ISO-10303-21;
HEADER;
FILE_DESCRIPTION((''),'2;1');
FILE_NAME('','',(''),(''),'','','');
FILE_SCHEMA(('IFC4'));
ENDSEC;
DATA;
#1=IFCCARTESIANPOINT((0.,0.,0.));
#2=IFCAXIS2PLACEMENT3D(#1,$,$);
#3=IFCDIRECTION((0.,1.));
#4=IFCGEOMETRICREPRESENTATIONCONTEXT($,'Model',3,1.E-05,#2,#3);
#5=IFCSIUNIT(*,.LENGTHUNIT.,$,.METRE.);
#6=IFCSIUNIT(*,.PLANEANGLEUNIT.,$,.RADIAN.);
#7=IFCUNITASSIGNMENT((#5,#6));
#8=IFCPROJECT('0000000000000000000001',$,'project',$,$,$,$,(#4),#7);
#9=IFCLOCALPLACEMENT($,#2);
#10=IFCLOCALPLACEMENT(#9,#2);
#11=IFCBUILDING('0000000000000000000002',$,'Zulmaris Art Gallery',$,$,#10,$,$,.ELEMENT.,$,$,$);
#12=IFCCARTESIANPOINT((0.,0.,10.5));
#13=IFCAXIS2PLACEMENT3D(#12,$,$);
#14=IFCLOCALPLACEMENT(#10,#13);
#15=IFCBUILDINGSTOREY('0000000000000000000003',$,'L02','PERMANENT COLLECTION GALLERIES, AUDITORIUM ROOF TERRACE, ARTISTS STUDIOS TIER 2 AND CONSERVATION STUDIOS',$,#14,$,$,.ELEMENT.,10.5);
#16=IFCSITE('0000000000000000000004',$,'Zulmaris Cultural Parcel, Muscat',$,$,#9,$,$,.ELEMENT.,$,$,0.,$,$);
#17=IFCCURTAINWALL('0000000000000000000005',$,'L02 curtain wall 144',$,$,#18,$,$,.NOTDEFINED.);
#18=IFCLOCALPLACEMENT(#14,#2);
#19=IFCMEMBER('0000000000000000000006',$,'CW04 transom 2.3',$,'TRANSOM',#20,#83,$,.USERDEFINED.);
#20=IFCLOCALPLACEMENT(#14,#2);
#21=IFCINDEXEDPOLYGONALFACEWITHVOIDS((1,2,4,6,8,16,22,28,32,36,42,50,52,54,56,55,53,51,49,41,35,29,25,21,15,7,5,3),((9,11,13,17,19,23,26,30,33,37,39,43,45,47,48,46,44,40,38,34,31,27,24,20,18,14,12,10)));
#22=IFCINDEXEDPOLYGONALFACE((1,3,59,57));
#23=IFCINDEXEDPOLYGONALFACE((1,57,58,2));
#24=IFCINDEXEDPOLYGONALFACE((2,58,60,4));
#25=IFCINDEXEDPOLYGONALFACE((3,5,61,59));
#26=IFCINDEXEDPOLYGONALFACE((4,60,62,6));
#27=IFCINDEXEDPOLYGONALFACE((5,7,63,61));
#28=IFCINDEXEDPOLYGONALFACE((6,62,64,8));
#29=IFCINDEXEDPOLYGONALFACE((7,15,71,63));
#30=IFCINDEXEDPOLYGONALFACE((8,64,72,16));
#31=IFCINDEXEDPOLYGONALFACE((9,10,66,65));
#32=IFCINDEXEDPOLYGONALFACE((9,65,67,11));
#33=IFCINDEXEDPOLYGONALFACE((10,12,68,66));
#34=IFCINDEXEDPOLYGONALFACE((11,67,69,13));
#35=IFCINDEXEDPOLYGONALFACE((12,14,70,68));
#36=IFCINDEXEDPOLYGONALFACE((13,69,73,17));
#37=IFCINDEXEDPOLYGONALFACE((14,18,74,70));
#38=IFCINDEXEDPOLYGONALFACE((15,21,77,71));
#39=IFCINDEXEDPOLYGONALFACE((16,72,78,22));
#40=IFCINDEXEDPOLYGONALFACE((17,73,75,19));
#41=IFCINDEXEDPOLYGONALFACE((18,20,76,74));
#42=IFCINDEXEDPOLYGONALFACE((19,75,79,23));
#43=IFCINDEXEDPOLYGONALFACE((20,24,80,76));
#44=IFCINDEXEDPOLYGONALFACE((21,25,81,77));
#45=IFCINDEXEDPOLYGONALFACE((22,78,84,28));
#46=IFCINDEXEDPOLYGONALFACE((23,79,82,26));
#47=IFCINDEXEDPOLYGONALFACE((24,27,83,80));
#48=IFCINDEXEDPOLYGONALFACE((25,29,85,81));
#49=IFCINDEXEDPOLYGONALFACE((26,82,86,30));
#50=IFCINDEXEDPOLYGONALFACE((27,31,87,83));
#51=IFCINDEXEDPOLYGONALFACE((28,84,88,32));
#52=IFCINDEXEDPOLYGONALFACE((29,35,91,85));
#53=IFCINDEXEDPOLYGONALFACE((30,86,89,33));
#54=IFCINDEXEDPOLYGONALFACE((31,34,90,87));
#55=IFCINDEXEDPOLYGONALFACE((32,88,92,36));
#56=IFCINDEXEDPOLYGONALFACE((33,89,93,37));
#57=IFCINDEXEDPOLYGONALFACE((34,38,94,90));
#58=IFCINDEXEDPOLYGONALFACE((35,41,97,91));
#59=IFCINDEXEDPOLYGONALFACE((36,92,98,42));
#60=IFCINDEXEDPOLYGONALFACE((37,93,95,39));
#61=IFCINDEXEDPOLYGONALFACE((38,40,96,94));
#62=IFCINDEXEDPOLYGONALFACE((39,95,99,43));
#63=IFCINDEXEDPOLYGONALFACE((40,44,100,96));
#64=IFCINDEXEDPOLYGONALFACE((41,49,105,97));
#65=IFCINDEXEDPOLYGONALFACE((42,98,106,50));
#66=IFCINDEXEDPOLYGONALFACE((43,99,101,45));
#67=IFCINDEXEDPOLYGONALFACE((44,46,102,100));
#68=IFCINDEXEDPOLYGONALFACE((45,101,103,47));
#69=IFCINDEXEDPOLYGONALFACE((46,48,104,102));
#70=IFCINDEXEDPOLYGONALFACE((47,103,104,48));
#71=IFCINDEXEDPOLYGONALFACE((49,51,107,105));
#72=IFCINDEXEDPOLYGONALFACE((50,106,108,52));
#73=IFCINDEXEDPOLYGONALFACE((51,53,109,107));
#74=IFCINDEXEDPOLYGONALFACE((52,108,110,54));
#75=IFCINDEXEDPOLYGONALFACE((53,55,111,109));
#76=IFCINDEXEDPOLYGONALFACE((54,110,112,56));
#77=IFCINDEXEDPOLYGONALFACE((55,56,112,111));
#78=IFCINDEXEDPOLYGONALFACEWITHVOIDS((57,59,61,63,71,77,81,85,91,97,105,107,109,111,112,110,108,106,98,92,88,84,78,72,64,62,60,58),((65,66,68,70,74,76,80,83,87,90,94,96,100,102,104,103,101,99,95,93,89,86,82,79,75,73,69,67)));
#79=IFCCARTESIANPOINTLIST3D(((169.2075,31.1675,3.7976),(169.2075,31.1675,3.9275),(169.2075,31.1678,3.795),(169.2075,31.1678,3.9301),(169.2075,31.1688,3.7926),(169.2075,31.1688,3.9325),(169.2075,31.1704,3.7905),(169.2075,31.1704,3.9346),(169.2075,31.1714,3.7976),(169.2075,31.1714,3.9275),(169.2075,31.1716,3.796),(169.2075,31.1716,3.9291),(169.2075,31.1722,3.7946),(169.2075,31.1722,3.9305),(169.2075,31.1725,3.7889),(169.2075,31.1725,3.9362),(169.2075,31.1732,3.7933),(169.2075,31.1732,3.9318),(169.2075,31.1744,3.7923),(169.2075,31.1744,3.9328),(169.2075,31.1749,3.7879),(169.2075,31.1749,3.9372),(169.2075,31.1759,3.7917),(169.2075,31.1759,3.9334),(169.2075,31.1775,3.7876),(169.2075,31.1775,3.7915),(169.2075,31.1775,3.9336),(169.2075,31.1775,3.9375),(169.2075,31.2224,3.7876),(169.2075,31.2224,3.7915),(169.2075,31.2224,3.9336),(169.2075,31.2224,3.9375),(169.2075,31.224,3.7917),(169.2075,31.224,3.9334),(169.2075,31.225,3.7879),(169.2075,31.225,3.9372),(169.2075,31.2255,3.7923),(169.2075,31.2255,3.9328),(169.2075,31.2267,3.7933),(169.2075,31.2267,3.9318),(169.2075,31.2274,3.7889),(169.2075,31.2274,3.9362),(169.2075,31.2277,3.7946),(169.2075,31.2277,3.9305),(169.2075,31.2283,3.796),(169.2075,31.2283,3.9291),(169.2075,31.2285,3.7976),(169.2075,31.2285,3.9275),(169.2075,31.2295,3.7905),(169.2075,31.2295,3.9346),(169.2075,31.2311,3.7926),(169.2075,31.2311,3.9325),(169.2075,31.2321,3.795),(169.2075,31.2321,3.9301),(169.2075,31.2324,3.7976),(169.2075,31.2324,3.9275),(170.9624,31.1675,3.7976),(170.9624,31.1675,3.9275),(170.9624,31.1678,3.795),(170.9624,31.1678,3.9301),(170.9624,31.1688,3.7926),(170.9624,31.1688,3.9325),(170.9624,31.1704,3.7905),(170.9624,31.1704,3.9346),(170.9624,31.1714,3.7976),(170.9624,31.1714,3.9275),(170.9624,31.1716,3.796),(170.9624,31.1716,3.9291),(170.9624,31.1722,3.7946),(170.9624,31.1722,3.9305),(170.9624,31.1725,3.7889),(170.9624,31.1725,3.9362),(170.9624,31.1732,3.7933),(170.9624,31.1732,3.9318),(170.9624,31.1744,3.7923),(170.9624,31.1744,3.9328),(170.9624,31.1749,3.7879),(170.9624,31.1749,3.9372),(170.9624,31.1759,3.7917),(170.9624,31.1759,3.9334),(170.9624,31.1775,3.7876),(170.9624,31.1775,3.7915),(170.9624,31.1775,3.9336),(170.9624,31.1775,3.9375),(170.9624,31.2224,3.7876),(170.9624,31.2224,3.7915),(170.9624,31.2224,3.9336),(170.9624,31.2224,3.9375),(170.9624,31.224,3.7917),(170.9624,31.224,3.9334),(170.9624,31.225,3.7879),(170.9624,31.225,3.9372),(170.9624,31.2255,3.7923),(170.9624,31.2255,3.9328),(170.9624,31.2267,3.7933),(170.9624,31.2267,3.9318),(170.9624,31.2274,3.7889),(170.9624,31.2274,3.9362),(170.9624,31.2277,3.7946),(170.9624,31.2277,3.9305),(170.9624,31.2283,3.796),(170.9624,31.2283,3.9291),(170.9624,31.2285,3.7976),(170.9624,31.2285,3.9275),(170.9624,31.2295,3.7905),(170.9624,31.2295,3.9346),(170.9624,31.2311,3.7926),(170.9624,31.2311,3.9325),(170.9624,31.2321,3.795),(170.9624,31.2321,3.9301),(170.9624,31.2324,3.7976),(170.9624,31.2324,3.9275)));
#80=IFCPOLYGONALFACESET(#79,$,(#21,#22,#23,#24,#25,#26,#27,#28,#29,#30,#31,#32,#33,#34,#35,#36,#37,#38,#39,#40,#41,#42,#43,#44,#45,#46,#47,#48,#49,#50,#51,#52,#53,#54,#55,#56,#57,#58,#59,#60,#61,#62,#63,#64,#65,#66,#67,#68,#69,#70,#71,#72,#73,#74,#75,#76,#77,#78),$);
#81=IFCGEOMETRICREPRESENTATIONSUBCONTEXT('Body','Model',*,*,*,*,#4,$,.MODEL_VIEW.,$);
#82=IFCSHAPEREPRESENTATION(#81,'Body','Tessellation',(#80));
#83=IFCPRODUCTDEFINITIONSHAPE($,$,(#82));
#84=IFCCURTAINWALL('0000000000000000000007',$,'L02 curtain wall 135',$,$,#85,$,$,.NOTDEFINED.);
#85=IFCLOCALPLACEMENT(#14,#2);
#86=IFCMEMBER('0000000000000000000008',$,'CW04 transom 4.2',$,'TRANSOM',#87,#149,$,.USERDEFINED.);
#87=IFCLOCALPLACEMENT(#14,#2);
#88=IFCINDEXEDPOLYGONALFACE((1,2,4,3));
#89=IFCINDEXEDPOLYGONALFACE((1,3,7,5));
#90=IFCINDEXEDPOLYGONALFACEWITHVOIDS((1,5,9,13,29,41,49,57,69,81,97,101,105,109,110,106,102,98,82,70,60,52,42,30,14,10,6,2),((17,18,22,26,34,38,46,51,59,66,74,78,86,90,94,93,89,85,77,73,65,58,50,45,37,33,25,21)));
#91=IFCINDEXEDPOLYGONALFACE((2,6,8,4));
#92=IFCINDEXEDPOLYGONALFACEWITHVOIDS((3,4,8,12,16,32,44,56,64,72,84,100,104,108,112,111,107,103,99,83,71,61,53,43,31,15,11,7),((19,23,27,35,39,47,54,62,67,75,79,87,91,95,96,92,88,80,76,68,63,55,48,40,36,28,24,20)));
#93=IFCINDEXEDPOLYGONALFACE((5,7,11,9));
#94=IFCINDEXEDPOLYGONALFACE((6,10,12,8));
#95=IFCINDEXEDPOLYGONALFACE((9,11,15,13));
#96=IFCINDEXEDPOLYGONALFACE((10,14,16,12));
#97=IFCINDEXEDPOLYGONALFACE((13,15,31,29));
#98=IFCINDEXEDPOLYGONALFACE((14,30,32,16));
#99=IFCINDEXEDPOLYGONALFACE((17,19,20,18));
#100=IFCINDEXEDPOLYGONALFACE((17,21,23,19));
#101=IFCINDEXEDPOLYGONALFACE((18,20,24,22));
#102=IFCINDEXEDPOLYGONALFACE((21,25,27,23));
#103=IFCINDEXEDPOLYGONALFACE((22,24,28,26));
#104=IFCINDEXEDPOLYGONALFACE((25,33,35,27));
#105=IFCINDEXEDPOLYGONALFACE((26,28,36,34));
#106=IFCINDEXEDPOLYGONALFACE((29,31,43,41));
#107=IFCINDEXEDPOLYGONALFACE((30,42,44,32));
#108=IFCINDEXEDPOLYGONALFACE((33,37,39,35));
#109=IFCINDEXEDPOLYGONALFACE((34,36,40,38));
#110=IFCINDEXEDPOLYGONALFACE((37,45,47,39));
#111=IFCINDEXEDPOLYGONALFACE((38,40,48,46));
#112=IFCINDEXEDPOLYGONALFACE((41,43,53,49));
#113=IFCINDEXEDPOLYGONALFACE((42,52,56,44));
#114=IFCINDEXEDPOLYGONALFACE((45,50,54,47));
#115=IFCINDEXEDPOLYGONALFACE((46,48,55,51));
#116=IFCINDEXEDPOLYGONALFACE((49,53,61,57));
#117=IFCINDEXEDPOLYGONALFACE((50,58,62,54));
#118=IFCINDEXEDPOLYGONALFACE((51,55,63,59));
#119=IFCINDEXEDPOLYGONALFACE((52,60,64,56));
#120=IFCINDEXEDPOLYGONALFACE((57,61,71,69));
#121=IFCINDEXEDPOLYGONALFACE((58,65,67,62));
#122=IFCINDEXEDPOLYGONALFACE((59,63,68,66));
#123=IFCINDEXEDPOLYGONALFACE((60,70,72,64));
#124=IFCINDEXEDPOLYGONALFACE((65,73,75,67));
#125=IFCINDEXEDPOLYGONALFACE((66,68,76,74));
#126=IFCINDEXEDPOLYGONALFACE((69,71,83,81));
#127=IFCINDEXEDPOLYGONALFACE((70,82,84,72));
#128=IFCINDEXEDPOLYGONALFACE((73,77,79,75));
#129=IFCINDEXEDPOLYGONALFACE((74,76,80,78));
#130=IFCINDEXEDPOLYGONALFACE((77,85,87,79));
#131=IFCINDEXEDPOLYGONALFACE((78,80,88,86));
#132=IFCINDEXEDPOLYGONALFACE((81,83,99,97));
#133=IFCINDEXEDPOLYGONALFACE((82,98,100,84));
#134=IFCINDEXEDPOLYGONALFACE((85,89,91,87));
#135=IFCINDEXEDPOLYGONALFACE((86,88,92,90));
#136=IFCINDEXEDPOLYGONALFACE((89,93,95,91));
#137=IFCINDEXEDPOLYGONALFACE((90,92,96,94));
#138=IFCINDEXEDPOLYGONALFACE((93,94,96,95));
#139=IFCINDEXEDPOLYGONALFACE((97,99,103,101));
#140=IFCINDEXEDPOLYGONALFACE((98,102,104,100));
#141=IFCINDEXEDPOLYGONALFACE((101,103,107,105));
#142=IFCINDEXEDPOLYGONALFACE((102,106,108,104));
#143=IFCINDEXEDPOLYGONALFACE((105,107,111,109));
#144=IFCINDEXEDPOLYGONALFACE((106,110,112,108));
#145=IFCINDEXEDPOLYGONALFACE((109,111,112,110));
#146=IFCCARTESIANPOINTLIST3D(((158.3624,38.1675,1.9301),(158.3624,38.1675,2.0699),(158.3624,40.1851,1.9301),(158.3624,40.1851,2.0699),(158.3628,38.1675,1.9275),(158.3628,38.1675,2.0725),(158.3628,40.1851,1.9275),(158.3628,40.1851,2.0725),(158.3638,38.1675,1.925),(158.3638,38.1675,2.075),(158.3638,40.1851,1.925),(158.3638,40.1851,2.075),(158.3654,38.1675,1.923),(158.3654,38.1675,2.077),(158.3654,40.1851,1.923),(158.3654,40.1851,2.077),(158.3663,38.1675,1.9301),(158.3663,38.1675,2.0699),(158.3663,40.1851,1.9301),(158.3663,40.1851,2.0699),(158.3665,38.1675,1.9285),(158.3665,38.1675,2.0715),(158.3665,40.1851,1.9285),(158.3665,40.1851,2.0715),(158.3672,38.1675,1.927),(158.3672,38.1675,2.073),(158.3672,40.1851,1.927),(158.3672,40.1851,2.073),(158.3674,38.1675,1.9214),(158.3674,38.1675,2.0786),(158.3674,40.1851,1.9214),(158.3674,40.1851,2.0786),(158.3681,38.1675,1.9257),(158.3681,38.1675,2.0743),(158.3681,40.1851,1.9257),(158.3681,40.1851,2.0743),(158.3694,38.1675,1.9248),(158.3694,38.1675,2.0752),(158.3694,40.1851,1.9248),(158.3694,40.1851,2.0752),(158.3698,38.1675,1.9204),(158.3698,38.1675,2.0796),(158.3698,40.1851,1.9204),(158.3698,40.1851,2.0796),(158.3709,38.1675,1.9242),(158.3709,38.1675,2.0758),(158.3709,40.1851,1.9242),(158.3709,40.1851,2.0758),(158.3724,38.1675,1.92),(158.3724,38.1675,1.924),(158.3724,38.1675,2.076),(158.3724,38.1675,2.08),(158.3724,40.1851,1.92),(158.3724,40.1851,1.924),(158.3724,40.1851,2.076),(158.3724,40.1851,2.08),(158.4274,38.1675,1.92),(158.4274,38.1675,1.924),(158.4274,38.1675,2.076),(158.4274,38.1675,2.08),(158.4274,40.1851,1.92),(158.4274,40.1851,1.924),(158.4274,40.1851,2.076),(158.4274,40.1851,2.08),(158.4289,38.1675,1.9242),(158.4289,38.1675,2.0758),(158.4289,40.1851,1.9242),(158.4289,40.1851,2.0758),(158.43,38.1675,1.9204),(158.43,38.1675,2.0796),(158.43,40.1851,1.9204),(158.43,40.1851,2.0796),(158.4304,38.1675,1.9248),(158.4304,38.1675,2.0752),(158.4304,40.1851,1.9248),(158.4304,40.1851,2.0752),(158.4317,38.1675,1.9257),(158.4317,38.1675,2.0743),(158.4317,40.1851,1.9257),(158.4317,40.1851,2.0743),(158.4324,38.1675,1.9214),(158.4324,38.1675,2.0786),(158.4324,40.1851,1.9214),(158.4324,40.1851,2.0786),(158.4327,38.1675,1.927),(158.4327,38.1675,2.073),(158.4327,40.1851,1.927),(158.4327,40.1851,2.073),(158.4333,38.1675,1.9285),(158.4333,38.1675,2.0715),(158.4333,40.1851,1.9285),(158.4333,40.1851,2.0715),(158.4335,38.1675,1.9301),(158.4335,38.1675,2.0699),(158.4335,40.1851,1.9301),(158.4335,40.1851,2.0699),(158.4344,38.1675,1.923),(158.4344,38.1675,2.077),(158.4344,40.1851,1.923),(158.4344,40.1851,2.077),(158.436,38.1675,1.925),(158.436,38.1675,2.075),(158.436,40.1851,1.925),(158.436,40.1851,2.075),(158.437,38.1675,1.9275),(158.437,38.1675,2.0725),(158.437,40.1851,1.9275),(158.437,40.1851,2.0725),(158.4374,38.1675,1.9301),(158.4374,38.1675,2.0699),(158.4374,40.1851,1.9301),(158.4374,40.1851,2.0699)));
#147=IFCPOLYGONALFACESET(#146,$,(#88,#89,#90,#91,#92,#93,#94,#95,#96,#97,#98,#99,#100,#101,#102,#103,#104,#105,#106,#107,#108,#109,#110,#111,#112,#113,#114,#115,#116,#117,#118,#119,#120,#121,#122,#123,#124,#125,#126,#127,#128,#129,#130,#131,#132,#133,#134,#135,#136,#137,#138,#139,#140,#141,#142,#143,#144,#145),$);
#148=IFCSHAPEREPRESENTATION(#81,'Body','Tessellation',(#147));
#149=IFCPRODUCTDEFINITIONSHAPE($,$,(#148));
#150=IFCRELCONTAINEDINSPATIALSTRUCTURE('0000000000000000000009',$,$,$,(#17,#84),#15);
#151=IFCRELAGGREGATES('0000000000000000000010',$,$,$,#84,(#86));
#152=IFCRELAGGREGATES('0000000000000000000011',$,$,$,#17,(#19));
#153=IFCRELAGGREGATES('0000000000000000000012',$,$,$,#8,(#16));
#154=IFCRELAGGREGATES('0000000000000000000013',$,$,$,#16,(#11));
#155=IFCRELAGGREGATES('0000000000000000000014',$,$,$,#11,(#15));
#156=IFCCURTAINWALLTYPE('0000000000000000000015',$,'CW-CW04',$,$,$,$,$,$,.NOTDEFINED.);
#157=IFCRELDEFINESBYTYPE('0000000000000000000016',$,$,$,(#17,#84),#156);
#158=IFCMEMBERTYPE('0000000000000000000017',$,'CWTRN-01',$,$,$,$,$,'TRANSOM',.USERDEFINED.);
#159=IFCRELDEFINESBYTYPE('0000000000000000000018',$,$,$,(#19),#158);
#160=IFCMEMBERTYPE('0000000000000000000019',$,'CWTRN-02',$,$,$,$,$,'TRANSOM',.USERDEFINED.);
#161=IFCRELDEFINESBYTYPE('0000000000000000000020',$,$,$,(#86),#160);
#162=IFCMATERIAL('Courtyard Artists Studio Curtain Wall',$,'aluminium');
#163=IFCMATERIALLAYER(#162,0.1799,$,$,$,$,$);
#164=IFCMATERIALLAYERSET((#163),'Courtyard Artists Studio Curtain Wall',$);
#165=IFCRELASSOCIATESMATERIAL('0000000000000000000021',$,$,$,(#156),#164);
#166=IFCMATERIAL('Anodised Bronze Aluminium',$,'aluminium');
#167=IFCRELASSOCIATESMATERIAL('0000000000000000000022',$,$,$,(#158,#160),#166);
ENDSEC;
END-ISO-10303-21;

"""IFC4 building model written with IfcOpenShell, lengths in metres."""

from ifc_helpers import new_model, si_unit, direction, frame, origin, origin_2d, place, context, subcontext, project, spatial, hollow_rectangle, extrude, material, layer, layer_set, material_profile, profile_set, type_object, element, aggregate, save


model = new_model("IFC4")

# Units and contexts
model_context = context("Model", 3, precision=1e-05, world=origin(), true_north=direction((0.0, 1.0)))
body_context = subcontext(model_context, "Body", "Model", "MODEL_VIEW")
ifc_project = project(units=[si_unit("LENGTHUNIT", "METRE"), si_unit("PLANEANGLEUNIT", "RADIAN")], contexts=[model_context])

# Site, building, storey
site_placement = place(None, origin())
site = spatial("IfcSite", under=ifc_project, at=site_placement, Name="Zulmaris Cultural Parcel, Muscat", CompositionType="ELEMENT", RefElevation=0.0)
building_placement = place(site_placement, origin())
building = spatial("IfcBuilding", under=site, at=building_placement, Name="Zulmaris Art Gallery", CompositionType="ELEMENT")
storey_placement = place(building_placement, frame((0.0, 0.0, 10.5)))
storey = spatial("IfcBuildingStorey", under=building, at=storey_placement, Name="L02", Description="PERMANENT COLLECTION GALLERIES, AUDITORIUM ROOF TERRACE, ARTISTS STUDIOS TIER 2 AND CONSERVATION STUDIOS", CompositionType="ELEMENT", Elevation=10.5)

# Curtain walls, members
ifc_material_1 = material(Name="Courtyard Artists Studio Curtain Wall", Category="aluminium")
ifc_layer_1 = layer(ifc_material_1, 0.1799)
ifc_layer_set_1 = layer_set([ifc_layer_1], Name="Courtyard Artists Studio Curtain Wall")
curtain_wall_type = type_object("IfcCurtainWallType", Name="CW-CW04", PredefinedType="NOTDEFINED", material=ifc_layer_set_1)
ifc_material_2 = material(Name="Anodised Bronze Aluminium", Category="aluminium")
curtain_wall_1_placement = place(storey_placement, origin())
curtain_wall_1 = element("IfcCurtainWall", 1, at=curtain_wall_1_placement, inside=storey, type_object=curtain_wall_type, Name="L02 curtain wall 144", PredefinedType="NOTDEFINED")
ifc_material_profile_1 = material_profile(ifc_material_2, hollow_rectangle(XDim=0.0649, YDim=0.1499, WallThickness=0.0039, InnerFilletRadius=0.0061, OuterFilletRadius=0.01, at=origin_2d()), Name="ALU 65x150x4")
ifc_profile_set_1 = profile_set([ifc_material_profile_1], Name="Anodised Bronze Aluminium")
member_type_1 = type_object("IfcMemberType", Name="CWTRN-01", ElementType="TRANSOM", PredefinedType="USERDEFINED", material=ifc_profile_set_1)
member_1_placement = place(storey_placement, frame((169.2075, 31.2, 3.8625), z_axis=(1.0, 0.0, 0.0), x_axis=(0.0, 1.0, 0.0)))
member_1 = element("IfcMember", 2, at=member_1_placement, type_object=member_type_1, Name="CW04 transom 2.3", ObjectType="TRANSOM", PredefinedType="USERDEFINED", context=body_context, shape_type="SweptSolid", body=[
    extrude(hollow_rectangle(XDim=0.0649, YDim=0.1499, WallThickness=0.0039, InnerFilletRadius=0.0061, OuterFilletRadius=0.01, at=origin_2d()), origin(), (0.0, 0.0, 1.0), 1.7549),
])
curtain_wall_2_placement = place(storey_placement, origin())
curtain_wall_2 = element("IfcCurtainWall", 3, at=curtain_wall_2_placement, inside=storey, type_object=curtain_wall_type, Name="L02 curtain wall 135", PredefinedType="NOTDEFINED")
ifc_material_profile_2 = material_profile(ifc_material_2, hollow_rectangle(XDim=0.075, YDim=0.1599, WallThickness=0.0039, InnerFilletRadius=0.0061, OuterFilletRadius=0.01, at=origin_2d()), Name="ALU 75x160x4")
ifc_profile_set_2 = profile_set([ifc_material_profile_2], Name="Anodised Bronze Aluminium")
member_type_2 = type_object("IfcMemberType", Name="CWTRN-02", ElementType="TRANSOM", PredefinedType="USERDEFINED", material=ifc_profile_set_2)
member_2_placement = place(storey_placement, frame((158.3999, 38.1675, 2.0), z_axis=(0.0, 1.0, 0.0), x_axis=(-1.0, 0.0, 0.0)))
member_2 = element("IfcMember", 4, at=member_2_placement, type_object=member_type_2, Name="CW04 transom 4.2", ObjectType="TRANSOM", PredefinedType="USERDEFINED", context=body_context, shape_type="SweptSolid", body=[
    extrude(hollow_rectangle(XDim=0.075, YDim=0.1599, WallThickness=0.0039, InnerFilletRadius=0.0061, OuterFilletRadius=0.01, at=origin_2d()), origin(), (0.0, 0.0, 1.0), 2.0176),
])

aggregate(curtain_wall_2, [member_2])
aggregate(curtain_wall_1, [member_1])

save(model, "model.ifc")
